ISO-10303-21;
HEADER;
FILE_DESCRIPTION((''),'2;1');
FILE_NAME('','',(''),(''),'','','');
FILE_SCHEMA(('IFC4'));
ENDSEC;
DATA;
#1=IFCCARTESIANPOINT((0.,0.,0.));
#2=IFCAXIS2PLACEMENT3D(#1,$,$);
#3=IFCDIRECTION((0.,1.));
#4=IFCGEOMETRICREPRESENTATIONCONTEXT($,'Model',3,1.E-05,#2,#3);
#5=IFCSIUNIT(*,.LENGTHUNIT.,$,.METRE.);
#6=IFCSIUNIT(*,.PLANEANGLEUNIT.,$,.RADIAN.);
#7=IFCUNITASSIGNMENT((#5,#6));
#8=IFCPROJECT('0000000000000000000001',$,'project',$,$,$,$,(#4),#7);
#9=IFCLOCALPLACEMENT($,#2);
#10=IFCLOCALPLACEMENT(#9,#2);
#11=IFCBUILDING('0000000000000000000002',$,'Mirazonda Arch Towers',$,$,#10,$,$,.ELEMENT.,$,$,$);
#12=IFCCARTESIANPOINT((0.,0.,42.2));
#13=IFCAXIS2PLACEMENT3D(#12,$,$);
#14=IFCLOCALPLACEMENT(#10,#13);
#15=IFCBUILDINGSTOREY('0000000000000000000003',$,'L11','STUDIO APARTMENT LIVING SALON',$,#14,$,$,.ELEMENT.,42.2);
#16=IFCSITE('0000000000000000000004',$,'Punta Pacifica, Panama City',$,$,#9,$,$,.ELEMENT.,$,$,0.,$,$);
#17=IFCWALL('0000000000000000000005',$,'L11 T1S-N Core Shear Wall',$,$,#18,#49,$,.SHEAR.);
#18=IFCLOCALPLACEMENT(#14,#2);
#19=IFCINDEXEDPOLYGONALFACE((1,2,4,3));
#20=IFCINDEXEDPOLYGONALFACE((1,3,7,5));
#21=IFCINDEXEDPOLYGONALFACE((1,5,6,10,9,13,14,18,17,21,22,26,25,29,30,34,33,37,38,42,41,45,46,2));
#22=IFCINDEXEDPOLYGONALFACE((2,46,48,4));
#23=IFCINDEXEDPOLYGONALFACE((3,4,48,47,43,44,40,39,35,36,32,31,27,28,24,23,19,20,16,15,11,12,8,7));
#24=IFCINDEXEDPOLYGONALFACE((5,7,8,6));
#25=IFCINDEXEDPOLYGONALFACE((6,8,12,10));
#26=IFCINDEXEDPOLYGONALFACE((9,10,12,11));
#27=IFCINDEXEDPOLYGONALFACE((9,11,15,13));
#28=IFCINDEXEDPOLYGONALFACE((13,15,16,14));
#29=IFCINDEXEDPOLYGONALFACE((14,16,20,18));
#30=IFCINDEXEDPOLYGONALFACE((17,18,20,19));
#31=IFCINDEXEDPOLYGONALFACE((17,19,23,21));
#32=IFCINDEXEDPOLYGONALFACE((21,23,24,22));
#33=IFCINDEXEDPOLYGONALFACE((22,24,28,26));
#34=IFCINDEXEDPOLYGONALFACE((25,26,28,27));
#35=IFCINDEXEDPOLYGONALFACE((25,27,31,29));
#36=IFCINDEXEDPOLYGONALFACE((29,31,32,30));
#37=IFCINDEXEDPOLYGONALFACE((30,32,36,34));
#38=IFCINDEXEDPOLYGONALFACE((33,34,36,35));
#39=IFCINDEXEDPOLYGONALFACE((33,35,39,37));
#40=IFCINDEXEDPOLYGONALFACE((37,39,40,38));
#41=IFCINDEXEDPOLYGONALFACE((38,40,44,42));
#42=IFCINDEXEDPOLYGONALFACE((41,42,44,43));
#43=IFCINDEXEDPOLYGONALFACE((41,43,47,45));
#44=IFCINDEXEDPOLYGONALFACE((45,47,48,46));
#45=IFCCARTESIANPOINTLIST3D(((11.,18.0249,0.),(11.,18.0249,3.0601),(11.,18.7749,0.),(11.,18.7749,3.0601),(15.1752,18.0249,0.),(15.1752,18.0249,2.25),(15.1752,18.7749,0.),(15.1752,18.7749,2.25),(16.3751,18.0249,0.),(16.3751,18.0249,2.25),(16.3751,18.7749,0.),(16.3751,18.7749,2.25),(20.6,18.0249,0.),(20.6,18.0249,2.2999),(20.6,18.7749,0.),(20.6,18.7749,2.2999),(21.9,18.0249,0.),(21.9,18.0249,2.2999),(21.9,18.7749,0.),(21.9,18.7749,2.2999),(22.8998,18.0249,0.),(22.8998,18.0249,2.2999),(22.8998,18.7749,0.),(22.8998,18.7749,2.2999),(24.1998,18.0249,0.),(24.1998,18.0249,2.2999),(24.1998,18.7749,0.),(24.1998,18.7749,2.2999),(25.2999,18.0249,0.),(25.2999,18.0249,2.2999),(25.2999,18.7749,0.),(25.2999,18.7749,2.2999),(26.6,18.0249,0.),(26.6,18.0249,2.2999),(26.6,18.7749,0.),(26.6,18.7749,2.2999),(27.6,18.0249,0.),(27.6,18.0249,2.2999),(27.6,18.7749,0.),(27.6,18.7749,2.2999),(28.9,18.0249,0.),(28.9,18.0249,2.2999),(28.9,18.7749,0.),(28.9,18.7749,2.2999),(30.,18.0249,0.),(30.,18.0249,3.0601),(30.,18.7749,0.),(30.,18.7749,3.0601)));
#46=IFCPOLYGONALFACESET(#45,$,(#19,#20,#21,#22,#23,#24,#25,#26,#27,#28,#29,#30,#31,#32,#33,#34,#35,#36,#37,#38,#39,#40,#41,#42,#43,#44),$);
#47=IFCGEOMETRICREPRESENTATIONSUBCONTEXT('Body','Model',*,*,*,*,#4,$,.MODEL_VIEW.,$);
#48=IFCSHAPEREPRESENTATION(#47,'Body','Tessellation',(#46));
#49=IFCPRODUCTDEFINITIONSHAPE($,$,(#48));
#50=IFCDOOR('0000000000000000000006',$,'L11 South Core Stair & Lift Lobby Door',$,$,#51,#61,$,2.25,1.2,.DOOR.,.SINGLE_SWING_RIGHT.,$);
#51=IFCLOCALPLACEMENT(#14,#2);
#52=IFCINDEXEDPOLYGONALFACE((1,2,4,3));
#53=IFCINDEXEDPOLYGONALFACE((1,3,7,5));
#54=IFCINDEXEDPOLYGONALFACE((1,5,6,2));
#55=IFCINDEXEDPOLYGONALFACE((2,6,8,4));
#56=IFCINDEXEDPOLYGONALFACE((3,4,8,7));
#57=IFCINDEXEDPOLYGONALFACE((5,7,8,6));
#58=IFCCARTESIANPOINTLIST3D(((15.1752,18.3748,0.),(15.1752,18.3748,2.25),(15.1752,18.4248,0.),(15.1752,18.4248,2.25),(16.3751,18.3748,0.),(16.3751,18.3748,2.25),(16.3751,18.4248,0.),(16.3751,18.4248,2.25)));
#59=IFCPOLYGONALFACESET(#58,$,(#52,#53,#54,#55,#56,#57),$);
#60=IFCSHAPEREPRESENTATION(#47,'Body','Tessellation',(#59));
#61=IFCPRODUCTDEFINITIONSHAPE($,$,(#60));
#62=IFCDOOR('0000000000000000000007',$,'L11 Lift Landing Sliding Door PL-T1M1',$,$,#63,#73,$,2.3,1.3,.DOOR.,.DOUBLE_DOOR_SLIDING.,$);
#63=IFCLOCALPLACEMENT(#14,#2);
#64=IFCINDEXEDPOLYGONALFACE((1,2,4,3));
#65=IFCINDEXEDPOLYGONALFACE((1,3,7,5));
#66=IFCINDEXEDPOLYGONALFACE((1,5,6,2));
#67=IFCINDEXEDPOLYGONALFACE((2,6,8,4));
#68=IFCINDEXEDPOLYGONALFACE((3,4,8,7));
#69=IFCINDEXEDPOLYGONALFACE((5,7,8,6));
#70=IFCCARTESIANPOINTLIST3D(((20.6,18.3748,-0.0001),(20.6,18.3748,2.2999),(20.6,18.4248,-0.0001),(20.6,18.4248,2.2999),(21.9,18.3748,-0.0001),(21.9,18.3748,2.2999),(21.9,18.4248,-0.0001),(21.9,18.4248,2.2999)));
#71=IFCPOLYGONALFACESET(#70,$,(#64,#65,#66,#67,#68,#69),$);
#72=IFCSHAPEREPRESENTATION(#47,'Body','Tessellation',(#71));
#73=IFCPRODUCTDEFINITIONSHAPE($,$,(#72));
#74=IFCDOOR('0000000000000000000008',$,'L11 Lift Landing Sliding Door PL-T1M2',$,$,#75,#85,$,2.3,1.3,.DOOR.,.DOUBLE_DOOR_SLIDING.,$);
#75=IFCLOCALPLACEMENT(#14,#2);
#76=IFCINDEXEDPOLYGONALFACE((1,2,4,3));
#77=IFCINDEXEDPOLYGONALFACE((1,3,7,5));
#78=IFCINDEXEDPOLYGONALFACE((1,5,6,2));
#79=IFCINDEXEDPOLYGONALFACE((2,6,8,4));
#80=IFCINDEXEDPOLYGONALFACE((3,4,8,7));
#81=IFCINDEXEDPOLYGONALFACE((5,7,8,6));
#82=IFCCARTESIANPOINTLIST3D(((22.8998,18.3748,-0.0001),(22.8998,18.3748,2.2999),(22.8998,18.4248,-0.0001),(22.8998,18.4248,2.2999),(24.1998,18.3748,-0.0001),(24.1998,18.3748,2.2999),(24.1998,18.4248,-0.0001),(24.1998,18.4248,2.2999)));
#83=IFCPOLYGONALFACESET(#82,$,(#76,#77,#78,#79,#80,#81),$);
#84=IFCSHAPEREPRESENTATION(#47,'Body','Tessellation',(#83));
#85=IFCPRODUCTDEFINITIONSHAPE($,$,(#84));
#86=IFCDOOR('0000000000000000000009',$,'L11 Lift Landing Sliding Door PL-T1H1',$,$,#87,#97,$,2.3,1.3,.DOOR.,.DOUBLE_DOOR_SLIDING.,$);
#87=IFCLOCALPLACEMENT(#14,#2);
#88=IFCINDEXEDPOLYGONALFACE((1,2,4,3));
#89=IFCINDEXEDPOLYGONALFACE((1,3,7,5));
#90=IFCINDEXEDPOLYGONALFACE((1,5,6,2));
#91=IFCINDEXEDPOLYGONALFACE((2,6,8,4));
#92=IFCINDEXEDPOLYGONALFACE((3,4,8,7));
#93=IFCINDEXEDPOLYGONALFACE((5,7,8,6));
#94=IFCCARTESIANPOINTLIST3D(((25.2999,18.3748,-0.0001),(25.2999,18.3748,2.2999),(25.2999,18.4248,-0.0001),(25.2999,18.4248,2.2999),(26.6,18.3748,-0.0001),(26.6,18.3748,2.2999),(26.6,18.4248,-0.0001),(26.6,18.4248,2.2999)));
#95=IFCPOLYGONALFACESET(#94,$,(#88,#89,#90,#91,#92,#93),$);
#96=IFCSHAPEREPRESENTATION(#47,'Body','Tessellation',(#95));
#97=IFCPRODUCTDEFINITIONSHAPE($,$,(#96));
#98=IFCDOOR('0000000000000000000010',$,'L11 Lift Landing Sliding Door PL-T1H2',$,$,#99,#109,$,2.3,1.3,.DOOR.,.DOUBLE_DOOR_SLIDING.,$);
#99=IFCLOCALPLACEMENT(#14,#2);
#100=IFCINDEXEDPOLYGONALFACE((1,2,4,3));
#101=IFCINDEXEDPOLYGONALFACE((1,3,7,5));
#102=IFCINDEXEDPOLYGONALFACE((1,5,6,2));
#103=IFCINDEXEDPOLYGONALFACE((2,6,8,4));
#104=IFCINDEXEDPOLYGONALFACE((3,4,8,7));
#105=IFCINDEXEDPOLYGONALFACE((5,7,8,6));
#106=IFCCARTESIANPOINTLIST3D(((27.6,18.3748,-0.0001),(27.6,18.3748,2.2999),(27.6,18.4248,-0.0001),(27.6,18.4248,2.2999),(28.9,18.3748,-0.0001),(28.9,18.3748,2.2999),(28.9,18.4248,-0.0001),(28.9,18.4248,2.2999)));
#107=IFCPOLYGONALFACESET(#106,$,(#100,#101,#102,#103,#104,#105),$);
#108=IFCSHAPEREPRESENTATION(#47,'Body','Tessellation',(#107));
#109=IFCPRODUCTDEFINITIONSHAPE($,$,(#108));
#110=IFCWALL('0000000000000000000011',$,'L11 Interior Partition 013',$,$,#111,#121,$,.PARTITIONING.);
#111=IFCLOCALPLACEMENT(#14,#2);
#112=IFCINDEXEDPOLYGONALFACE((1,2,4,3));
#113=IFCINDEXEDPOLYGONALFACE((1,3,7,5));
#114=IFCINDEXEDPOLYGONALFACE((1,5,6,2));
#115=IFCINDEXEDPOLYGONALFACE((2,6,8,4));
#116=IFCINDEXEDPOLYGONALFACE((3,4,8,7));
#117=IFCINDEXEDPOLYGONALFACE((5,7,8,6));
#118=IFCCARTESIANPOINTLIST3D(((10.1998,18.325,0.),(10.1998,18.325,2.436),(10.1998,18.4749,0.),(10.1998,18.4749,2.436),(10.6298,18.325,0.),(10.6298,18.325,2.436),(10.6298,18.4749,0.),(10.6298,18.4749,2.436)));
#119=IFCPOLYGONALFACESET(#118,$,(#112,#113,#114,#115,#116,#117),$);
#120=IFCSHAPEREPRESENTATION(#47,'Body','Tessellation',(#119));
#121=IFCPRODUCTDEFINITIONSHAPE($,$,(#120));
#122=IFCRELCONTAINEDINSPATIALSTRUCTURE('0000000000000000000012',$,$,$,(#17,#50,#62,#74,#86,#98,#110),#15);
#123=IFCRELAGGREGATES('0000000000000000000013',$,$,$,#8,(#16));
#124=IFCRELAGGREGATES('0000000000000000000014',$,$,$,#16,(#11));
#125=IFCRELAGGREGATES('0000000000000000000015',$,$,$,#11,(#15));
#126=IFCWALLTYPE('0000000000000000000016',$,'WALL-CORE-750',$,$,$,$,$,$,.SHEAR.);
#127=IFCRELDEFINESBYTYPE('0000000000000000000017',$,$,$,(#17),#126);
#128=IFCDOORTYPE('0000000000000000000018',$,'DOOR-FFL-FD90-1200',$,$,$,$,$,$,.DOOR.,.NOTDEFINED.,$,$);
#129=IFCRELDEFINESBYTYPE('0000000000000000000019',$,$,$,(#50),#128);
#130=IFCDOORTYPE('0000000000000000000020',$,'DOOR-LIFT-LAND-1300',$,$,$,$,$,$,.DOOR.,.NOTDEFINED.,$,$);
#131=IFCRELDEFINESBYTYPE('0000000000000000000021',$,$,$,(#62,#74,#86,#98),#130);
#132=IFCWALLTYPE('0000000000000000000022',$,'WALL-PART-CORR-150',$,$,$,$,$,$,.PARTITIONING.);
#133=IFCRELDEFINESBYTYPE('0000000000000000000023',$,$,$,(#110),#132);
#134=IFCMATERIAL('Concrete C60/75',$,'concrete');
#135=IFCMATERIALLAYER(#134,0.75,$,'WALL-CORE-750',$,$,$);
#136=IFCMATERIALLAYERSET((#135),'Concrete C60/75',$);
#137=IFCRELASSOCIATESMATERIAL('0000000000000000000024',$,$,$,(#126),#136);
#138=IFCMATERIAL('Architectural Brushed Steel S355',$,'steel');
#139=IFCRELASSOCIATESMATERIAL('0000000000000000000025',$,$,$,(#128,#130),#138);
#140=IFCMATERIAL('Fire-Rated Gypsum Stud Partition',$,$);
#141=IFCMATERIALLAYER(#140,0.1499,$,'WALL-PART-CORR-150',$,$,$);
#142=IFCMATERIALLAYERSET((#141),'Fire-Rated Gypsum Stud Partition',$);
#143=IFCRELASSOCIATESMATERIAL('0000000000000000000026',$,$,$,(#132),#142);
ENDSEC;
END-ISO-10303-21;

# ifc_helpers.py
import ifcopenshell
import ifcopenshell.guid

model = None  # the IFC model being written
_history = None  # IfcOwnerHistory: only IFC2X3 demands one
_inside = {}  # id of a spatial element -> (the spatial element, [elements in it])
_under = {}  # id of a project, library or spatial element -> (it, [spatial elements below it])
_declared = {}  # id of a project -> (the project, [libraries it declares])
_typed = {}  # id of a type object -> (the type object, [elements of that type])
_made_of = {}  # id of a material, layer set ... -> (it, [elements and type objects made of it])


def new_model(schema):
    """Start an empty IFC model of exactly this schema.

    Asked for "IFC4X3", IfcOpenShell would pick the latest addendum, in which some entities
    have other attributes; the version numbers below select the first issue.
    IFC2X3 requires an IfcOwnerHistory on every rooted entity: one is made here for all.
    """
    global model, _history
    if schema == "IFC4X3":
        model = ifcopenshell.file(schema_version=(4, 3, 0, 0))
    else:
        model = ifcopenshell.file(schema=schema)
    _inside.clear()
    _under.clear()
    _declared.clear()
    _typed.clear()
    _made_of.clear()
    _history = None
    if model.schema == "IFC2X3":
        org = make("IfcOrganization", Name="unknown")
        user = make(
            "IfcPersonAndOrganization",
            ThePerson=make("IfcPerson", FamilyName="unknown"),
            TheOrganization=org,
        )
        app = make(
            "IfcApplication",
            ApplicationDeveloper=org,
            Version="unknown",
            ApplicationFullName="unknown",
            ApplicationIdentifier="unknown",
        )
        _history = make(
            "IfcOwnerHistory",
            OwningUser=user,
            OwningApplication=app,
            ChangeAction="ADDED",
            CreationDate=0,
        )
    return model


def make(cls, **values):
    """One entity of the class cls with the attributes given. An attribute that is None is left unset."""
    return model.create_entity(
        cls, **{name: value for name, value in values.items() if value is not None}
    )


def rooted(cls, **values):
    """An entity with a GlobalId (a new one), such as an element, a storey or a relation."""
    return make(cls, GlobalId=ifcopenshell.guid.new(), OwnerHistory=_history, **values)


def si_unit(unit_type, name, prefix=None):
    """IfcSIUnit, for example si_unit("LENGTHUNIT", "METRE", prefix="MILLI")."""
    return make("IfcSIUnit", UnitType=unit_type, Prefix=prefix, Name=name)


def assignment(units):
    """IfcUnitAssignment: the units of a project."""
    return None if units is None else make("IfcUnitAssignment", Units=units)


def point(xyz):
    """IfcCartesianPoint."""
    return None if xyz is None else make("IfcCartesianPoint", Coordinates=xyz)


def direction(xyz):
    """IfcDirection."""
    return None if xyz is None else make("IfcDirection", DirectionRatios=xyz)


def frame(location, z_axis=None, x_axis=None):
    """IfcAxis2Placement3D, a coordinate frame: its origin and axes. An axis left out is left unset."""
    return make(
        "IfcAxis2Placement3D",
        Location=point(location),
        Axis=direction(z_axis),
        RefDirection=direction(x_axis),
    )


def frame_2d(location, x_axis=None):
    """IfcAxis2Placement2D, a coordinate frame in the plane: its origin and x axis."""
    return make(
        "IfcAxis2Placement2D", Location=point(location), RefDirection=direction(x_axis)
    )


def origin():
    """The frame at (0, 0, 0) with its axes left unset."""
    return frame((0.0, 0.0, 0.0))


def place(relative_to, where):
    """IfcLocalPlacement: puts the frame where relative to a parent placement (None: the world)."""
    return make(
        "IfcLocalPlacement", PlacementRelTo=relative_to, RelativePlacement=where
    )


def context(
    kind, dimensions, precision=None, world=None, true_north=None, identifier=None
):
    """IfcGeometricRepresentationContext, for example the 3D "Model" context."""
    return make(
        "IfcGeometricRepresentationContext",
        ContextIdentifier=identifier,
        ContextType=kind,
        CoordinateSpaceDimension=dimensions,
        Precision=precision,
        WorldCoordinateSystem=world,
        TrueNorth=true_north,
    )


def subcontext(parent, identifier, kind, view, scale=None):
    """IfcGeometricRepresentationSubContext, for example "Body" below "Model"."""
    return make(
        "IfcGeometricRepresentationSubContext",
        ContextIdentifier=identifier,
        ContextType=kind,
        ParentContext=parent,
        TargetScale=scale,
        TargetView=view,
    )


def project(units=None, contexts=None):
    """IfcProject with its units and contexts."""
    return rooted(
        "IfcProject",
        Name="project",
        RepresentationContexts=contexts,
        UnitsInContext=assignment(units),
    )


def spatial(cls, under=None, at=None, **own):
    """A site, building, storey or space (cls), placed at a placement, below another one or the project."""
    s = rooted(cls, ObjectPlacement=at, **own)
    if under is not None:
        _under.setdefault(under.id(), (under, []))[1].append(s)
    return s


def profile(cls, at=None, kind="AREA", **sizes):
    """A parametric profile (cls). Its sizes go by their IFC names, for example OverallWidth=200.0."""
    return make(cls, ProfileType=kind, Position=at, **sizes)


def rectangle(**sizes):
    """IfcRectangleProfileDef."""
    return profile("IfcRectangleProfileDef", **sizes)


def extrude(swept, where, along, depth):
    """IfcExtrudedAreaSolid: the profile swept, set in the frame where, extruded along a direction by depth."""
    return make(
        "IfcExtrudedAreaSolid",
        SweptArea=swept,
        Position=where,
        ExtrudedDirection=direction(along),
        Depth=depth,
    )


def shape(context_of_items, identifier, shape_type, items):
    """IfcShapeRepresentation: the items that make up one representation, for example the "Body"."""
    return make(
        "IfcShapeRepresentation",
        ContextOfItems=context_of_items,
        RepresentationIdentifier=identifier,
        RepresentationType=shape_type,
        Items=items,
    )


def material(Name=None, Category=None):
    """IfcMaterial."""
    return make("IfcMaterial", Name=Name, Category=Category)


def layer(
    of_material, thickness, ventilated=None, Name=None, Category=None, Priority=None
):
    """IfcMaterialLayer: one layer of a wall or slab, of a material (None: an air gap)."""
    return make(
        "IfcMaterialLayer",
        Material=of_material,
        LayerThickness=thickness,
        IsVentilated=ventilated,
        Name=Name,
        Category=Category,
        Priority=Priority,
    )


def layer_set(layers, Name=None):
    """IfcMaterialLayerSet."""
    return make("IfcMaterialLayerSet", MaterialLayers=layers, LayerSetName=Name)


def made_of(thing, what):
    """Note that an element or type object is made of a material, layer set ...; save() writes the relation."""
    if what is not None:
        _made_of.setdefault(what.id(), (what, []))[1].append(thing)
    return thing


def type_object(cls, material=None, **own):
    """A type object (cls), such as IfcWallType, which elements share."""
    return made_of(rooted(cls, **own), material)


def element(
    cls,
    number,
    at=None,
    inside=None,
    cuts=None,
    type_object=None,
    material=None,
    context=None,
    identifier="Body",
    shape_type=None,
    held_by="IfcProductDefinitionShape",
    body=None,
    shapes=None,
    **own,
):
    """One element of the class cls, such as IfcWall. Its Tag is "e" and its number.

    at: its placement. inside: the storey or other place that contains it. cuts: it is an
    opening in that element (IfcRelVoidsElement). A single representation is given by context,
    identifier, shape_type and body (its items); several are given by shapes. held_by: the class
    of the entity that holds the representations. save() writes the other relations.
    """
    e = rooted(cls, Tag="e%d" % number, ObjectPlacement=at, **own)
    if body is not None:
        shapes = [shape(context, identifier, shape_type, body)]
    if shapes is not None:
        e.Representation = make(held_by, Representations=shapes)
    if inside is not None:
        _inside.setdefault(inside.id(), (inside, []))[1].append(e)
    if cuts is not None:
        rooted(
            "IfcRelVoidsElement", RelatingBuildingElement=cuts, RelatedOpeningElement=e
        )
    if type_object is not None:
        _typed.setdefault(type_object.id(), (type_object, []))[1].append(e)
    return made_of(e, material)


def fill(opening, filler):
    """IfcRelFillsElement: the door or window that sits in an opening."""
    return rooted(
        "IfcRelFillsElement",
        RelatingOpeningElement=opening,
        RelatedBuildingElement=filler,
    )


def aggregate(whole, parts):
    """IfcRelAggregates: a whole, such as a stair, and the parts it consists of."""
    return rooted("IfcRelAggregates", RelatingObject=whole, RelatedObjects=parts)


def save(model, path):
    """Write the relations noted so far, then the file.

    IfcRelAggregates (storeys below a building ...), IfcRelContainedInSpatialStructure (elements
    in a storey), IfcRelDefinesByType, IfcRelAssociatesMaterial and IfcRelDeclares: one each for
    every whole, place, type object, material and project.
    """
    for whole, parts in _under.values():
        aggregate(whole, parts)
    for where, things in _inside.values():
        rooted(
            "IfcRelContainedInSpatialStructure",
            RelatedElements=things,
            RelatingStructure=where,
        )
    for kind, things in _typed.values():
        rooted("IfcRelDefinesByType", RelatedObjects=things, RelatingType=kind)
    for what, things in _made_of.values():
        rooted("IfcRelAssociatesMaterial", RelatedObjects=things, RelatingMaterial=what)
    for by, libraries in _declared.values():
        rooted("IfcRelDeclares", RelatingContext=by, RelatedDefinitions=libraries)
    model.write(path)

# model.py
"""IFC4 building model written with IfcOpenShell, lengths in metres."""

from ifc_helpers import new_model, si_unit, direction, frame, frame_2d, origin, place, context, subcontext, project, spatial, rectangle, extrude, material, layer, layer_set, type_object, element, fill, save


model = new_model("IFC4")

# Units and contexts
model_context = context("Model", 3, precision=1e-05, world=origin(), true_north=direction((0.0, 1.0)))
body_context = subcontext(model_context, "Body", "Model", "MODEL_VIEW")
ifc_project = project(units=[si_unit("LENGTHUNIT", "METRE"), si_unit("PLANEANGLEUNIT", "RADIAN")], contexts=[model_context])

# Site, building, storey
site_placement = place(None, origin())
site = spatial("IfcSite", under=ifc_project, at=site_placement, Name="Punta Pacifica, Panama City", CompositionType="ELEMENT", RefElevation=0.0)
building_placement = place(site_placement, origin())
building = spatial("IfcBuilding", under=site, at=building_placement, Name="Mirazonda Arch Towers", CompositionType="ELEMENT")
storey_placement = place(building_placement, frame((0.0, 0.0, 42.2)))
storey = spatial("IfcBuildingStorey", under=building, at=storey_placement, Name="L11", Description="STUDIO APARTMENT LIVING SALON", CompositionType="ELEMENT", Elevation=42.2)

# Shared definitions
ifc_material_1 = material(Name="Concrete C60/75", Category="concrete")

# Shared definitions
ifc_material_2 = material(Name="Architectural Brushed Steel S355", Category="steel")

# Wall, openings, doors
ifc_layer_1 = layer(ifc_material_1, 0.75, Name="WALL-CORE-750")
ifc_layer_set_1 = layer_set([ifc_layer_1], Name="Concrete C60/75")
wall_type_1 = type_object("IfcWallType", Name="WALL-CORE-750", PredefinedType="SHEAR", material=ifc_layer_set_1)
wall_1_placement = place(storey_placement, frame((11.0, 18.3999, 0.0), z_axis=(0.0, 0.0, 1.0), x_axis=(1.0, 0.0, 0.0)))
wall_1 = element("IfcWall", 1, at=wall_1_placement, inside=storey, type_object=wall_type_1, Name="L11 T1S-N Core Shear Wall", PredefinedType="SHEAR", context=body_context, shape_type="SweptSolid", body=[
    extrude(rectangle(XDim=19.0, YDim=0.75, at=frame_2d((9.5, 0.0))), origin(), (0.0, 0.0, 1.0), 3.0601),
])
opening_1_placement = place(wall_1_placement, frame((4.175, 0.0, 0.0)))
opening_1 = element("IfcOpeningElement", 2, at=opening_1_placement, cuts=wall_1, PredefinedType="OPENING", context=body_context, shape_type="SweptSolid", body=[
    extrude(rectangle(XDim=1.2, YDim=2.25, at=frame_2d((0.6001, 1.125))), frame((0.0, 0.385, 0.0), z_axis=(0.0, -1.0, 0.0), x_axis=(1.0, 0.0, 0.0)), (0.0, 0.0, 1.0), 0.77),
])
opening_2_placement = place(wall_1_placement, frame((9.6001, 0.0, 0.0)))
opening_2 = element("IfcOpeningElement", 3, at=opening_2_placement, cuts=wall_1, PredefinedType="OPENING", context=body_context, shape_type="SweptSolid", body=[
    extrude(rectangle(XDim=1.3, YDim=2.3, at=frame_2d((0.6499, 1.1499))), frame((0.0, 0.385, 0.0), z_axis=(0.0, -1.0, 0.0), x_axis=(1.0, 0.0, 0.0)), (0.0, 0.0, 1.0), 0.77),
])
opening_3_placement = place(wall_1_placement, frame((11.8999, 0.0, 0.0)))
opening_3 = element("IfcOpeningElement", 4, at=opening_3_placement, cuts=wall_1, PredefinedType="OPENING", context=body_context, shape_type="SweptSolid", body=[
    extrude(rectangle(XDim=1.3, YDim=2.3, at=frame_2d((0.6499, 1.1499))), frame((0.0, 0.385, 0.0), z_axis=(0.0, -1.0, 0.0), x_axis=(1.0, 0.0, 0.0)), (0.0, 0.0, 1.0), 0.77),
])
opening_4_placement = place(wall_1_placement, frame((14.3, 0.0, 0.0)))
opening_4 = element("IfcOpeningElement", 5, at=opening_4_placement, cuts=wall_1, PredefinedType="OPENING", context=body_context, shape_type="SweptSolid", body=[
    extrude(rectangle(XDim=1.3, YDim=2.3, at=frame_2d((0.6499, 1.1499))), frame((0.0, 0.385, 0.0), z_axis=(0.0, -1.0, 0.0), x_axis=(1.0, 0.0, 0.0)), (0.0, 0.0, 1.0), 0.77),
])
opening_5_placement = place(wall_1_placement, frame((16.6001, 0.0, 0.0)))
opening_5 = element("IfcOpeningElement", 6, at=opening_5_placement, cuts=wall_1, PredefinedType="OPENING", context=body_context, shape_type="SweptSolid", body=[
    extrude(rectangle(XDim=1.3, YDim=2.3, at=frame_2d((0.6499, 1.1499))), frame((0.0, 0.385, 0.0), z_axis=(0.0, -1.0, 0.0), x_axis=(1.0, 0.0, 0.0)), (0.0, 0.0, 1.0), 0.77),
])
door_type_1 = type_object("IfcDoorType", Name="DOOR-FFL-FD90-1200", OperationType="NOTDEFINED", PredefinedType="DOOR", material=ifc_material_2)
door_1_placement = place(opening_1_placement, origin())
door_1 = element("IfcDoor", 7, at=door_1_placement, inside=storey, type_object=door_type_1, Name="L11 South Core Stair & Lift Lobby Door", OperationType="SINGLE_SWING_RIGHT", OverallHeight=2.25, OverallWidth=1.2, PredefinedType="DOOR", context=body_context, shape_type="SweptSolid", body=[
    extrude(rectangle(XDim=1.2, YDim=2.25, at=frame_2d((0.6001, 1.125))), frame((0.0, 0.0249, 0.0), z_axis=(0.0, -1.0, 0.0), x_axis=(1.0, 0.0, 0.0)), (0.0, 0.0, 1.0), 0.05),
])
fill(opening_1, door_1)
door_type_2 = type_object("IfcDoorType", Name="DOOR-LIFT-LAND-1300", OperationType="NOTDEFINED", PredefinedType="DOOR", material=ifc_material_2)
door_2_placement = place(opening_2_placement, origin())
door_2 = element("IfcDoor", 8, at=door_2_placement, inside=storey, type_object=door_type_2, Name="L11 Lift Landing Sliding Door PL-T1M1", OperationType="DOUBLE_DOOR_SLIDING", OverallHeight=2.3, OverallWidth=1.3, PredefinedType="DOOR", context=body_context, shape_type="SweptSolid", body=[
    extrude(rectangle(XDim=1.3, YDim=2.3, at=frame_2d((0.6499, 1.1499))), frame((0.0, 0.0249, 0.0), z_axis=(0.0, -1.0, 0.0), x_axis=(1.0, 0.0, 0.0)), (0.0, 0.0, 1.0), 0.05),
])
fill(opening_2, door_2)
door_3_placement = place(opening_3_placement, origin())
door_3 = element("IfcDoor", 9, at=door_3_placement, inside=storey, type_object=door_type_2, Name="L11 Lift Landing Sliding Door PL-T1M2", OperationType="DOUBLE_DOOR_SLIDING", OverallHeight=2.3, OverallWidth=1.3, PredefinedType="DOOR", context=body_context, shape_type="SweptSolid", body=[
    extrude(rectangle(XDim=1.3, YDim=2.3, at=frame_2d((0.6499, 1.1499))), frame((0.0, 0.0249, 0.0), z_axis=(0.0, -1.0, 0.0), x_axis=(1.0, 0.0, 0.0)), (0.0, 0.0, 1.0), 0.05),
])
fill(opening_3, door_3)
door_4_placement = place(opening_4_placement, origin())
door_4 = element("IfcDoor", 10, at=door_4_placement, inside=storey, type_object=door_type_2, Name="L11 Lift Landing Sliding Door PL-T1H1", OperationType="DOUBLE_DOOR_SLIDING", OverallHeight=2.3, OverallWidth=1.3, PredefinedType="DOOR", context=body_context, shape_type="SweptSolid", body=[
    extrude(rectangle(XDim=1.3, YDim=2.3, at=frame_2d((0.6499, 1.1499))), frame((0.0, 0.0249, 0.0), z_axis=(0.0, -1.0, 0.0), x_axis=(1.0, 0.0, 0.0)), (0.0, 0.0, 1.0), 0.05),
])
fill(opening_4, door_4)
door_5_placement = place(opening_5_placement, origin())
door_5 = element("IfcDoor", 11, at=door_5_placement, inside=storey, type_object=door_type_2, Name="L11 Lift Landing Sliding Door PL-T1H2", OperationType="DOUBLE_DOOR_SLIDING", OverallHeight=2.3, OverallWidth=1.3, PredefinedType="DOOR", context=body_context, shape_type="SweptSolid", body=[
    extrude(rectangle(XDim=1.3, YDim=2.3, at=frame_2d((0.6499, 1.1499))), frame((0.0, 0.0249, 0.0), z_axis=(0.0, -1.0, 0.0), x_axis=(1.0, 0.0, 0.0)), (0.0, 0.0, 1.0), 0.05),
])
fill(opening_5, door_5)

# Wall
ifc_material_3 = material(Name="Fire-Rated Gypsum Stud Partition")
ifc_layer_2 = layer(ifc_material_3, 0.1499, Name="WALL-PART-CORR-150")
ifc_layer_set_2 = layer_set([ifc_layer_2], Name="Fire-Rated Gypsum Stud Partition")
wall_type_2 = type_object("IfcWallType", Name="WALL-PART-CORR-150", PredefinedType="PARTITIONING", material=ifc_layer_set_2)
wall_2_placement = place(storey_placement, frame((10.2, 18.3999, 0.0), z_axis=(0.0, 0.0, 1.0), x_axis=(1.0, 0.0, 0.0)))
element("IfcWall", 12, at=wall_2_placement, inside=storey, type_object=wall_type_2, Name="L11 Interior Partition 013", PredefinedType="PARTITIONING", context=body_context, shape_type="SweptSolid", body=[
    extrude(rectangle(XDim=0.4299, YDim=0.1499, at=frame_2d((0.2148, 0.0))), origin(), (0.0, 0.0, 1.0), 2.436),
])

save(model, "model.ifc")
